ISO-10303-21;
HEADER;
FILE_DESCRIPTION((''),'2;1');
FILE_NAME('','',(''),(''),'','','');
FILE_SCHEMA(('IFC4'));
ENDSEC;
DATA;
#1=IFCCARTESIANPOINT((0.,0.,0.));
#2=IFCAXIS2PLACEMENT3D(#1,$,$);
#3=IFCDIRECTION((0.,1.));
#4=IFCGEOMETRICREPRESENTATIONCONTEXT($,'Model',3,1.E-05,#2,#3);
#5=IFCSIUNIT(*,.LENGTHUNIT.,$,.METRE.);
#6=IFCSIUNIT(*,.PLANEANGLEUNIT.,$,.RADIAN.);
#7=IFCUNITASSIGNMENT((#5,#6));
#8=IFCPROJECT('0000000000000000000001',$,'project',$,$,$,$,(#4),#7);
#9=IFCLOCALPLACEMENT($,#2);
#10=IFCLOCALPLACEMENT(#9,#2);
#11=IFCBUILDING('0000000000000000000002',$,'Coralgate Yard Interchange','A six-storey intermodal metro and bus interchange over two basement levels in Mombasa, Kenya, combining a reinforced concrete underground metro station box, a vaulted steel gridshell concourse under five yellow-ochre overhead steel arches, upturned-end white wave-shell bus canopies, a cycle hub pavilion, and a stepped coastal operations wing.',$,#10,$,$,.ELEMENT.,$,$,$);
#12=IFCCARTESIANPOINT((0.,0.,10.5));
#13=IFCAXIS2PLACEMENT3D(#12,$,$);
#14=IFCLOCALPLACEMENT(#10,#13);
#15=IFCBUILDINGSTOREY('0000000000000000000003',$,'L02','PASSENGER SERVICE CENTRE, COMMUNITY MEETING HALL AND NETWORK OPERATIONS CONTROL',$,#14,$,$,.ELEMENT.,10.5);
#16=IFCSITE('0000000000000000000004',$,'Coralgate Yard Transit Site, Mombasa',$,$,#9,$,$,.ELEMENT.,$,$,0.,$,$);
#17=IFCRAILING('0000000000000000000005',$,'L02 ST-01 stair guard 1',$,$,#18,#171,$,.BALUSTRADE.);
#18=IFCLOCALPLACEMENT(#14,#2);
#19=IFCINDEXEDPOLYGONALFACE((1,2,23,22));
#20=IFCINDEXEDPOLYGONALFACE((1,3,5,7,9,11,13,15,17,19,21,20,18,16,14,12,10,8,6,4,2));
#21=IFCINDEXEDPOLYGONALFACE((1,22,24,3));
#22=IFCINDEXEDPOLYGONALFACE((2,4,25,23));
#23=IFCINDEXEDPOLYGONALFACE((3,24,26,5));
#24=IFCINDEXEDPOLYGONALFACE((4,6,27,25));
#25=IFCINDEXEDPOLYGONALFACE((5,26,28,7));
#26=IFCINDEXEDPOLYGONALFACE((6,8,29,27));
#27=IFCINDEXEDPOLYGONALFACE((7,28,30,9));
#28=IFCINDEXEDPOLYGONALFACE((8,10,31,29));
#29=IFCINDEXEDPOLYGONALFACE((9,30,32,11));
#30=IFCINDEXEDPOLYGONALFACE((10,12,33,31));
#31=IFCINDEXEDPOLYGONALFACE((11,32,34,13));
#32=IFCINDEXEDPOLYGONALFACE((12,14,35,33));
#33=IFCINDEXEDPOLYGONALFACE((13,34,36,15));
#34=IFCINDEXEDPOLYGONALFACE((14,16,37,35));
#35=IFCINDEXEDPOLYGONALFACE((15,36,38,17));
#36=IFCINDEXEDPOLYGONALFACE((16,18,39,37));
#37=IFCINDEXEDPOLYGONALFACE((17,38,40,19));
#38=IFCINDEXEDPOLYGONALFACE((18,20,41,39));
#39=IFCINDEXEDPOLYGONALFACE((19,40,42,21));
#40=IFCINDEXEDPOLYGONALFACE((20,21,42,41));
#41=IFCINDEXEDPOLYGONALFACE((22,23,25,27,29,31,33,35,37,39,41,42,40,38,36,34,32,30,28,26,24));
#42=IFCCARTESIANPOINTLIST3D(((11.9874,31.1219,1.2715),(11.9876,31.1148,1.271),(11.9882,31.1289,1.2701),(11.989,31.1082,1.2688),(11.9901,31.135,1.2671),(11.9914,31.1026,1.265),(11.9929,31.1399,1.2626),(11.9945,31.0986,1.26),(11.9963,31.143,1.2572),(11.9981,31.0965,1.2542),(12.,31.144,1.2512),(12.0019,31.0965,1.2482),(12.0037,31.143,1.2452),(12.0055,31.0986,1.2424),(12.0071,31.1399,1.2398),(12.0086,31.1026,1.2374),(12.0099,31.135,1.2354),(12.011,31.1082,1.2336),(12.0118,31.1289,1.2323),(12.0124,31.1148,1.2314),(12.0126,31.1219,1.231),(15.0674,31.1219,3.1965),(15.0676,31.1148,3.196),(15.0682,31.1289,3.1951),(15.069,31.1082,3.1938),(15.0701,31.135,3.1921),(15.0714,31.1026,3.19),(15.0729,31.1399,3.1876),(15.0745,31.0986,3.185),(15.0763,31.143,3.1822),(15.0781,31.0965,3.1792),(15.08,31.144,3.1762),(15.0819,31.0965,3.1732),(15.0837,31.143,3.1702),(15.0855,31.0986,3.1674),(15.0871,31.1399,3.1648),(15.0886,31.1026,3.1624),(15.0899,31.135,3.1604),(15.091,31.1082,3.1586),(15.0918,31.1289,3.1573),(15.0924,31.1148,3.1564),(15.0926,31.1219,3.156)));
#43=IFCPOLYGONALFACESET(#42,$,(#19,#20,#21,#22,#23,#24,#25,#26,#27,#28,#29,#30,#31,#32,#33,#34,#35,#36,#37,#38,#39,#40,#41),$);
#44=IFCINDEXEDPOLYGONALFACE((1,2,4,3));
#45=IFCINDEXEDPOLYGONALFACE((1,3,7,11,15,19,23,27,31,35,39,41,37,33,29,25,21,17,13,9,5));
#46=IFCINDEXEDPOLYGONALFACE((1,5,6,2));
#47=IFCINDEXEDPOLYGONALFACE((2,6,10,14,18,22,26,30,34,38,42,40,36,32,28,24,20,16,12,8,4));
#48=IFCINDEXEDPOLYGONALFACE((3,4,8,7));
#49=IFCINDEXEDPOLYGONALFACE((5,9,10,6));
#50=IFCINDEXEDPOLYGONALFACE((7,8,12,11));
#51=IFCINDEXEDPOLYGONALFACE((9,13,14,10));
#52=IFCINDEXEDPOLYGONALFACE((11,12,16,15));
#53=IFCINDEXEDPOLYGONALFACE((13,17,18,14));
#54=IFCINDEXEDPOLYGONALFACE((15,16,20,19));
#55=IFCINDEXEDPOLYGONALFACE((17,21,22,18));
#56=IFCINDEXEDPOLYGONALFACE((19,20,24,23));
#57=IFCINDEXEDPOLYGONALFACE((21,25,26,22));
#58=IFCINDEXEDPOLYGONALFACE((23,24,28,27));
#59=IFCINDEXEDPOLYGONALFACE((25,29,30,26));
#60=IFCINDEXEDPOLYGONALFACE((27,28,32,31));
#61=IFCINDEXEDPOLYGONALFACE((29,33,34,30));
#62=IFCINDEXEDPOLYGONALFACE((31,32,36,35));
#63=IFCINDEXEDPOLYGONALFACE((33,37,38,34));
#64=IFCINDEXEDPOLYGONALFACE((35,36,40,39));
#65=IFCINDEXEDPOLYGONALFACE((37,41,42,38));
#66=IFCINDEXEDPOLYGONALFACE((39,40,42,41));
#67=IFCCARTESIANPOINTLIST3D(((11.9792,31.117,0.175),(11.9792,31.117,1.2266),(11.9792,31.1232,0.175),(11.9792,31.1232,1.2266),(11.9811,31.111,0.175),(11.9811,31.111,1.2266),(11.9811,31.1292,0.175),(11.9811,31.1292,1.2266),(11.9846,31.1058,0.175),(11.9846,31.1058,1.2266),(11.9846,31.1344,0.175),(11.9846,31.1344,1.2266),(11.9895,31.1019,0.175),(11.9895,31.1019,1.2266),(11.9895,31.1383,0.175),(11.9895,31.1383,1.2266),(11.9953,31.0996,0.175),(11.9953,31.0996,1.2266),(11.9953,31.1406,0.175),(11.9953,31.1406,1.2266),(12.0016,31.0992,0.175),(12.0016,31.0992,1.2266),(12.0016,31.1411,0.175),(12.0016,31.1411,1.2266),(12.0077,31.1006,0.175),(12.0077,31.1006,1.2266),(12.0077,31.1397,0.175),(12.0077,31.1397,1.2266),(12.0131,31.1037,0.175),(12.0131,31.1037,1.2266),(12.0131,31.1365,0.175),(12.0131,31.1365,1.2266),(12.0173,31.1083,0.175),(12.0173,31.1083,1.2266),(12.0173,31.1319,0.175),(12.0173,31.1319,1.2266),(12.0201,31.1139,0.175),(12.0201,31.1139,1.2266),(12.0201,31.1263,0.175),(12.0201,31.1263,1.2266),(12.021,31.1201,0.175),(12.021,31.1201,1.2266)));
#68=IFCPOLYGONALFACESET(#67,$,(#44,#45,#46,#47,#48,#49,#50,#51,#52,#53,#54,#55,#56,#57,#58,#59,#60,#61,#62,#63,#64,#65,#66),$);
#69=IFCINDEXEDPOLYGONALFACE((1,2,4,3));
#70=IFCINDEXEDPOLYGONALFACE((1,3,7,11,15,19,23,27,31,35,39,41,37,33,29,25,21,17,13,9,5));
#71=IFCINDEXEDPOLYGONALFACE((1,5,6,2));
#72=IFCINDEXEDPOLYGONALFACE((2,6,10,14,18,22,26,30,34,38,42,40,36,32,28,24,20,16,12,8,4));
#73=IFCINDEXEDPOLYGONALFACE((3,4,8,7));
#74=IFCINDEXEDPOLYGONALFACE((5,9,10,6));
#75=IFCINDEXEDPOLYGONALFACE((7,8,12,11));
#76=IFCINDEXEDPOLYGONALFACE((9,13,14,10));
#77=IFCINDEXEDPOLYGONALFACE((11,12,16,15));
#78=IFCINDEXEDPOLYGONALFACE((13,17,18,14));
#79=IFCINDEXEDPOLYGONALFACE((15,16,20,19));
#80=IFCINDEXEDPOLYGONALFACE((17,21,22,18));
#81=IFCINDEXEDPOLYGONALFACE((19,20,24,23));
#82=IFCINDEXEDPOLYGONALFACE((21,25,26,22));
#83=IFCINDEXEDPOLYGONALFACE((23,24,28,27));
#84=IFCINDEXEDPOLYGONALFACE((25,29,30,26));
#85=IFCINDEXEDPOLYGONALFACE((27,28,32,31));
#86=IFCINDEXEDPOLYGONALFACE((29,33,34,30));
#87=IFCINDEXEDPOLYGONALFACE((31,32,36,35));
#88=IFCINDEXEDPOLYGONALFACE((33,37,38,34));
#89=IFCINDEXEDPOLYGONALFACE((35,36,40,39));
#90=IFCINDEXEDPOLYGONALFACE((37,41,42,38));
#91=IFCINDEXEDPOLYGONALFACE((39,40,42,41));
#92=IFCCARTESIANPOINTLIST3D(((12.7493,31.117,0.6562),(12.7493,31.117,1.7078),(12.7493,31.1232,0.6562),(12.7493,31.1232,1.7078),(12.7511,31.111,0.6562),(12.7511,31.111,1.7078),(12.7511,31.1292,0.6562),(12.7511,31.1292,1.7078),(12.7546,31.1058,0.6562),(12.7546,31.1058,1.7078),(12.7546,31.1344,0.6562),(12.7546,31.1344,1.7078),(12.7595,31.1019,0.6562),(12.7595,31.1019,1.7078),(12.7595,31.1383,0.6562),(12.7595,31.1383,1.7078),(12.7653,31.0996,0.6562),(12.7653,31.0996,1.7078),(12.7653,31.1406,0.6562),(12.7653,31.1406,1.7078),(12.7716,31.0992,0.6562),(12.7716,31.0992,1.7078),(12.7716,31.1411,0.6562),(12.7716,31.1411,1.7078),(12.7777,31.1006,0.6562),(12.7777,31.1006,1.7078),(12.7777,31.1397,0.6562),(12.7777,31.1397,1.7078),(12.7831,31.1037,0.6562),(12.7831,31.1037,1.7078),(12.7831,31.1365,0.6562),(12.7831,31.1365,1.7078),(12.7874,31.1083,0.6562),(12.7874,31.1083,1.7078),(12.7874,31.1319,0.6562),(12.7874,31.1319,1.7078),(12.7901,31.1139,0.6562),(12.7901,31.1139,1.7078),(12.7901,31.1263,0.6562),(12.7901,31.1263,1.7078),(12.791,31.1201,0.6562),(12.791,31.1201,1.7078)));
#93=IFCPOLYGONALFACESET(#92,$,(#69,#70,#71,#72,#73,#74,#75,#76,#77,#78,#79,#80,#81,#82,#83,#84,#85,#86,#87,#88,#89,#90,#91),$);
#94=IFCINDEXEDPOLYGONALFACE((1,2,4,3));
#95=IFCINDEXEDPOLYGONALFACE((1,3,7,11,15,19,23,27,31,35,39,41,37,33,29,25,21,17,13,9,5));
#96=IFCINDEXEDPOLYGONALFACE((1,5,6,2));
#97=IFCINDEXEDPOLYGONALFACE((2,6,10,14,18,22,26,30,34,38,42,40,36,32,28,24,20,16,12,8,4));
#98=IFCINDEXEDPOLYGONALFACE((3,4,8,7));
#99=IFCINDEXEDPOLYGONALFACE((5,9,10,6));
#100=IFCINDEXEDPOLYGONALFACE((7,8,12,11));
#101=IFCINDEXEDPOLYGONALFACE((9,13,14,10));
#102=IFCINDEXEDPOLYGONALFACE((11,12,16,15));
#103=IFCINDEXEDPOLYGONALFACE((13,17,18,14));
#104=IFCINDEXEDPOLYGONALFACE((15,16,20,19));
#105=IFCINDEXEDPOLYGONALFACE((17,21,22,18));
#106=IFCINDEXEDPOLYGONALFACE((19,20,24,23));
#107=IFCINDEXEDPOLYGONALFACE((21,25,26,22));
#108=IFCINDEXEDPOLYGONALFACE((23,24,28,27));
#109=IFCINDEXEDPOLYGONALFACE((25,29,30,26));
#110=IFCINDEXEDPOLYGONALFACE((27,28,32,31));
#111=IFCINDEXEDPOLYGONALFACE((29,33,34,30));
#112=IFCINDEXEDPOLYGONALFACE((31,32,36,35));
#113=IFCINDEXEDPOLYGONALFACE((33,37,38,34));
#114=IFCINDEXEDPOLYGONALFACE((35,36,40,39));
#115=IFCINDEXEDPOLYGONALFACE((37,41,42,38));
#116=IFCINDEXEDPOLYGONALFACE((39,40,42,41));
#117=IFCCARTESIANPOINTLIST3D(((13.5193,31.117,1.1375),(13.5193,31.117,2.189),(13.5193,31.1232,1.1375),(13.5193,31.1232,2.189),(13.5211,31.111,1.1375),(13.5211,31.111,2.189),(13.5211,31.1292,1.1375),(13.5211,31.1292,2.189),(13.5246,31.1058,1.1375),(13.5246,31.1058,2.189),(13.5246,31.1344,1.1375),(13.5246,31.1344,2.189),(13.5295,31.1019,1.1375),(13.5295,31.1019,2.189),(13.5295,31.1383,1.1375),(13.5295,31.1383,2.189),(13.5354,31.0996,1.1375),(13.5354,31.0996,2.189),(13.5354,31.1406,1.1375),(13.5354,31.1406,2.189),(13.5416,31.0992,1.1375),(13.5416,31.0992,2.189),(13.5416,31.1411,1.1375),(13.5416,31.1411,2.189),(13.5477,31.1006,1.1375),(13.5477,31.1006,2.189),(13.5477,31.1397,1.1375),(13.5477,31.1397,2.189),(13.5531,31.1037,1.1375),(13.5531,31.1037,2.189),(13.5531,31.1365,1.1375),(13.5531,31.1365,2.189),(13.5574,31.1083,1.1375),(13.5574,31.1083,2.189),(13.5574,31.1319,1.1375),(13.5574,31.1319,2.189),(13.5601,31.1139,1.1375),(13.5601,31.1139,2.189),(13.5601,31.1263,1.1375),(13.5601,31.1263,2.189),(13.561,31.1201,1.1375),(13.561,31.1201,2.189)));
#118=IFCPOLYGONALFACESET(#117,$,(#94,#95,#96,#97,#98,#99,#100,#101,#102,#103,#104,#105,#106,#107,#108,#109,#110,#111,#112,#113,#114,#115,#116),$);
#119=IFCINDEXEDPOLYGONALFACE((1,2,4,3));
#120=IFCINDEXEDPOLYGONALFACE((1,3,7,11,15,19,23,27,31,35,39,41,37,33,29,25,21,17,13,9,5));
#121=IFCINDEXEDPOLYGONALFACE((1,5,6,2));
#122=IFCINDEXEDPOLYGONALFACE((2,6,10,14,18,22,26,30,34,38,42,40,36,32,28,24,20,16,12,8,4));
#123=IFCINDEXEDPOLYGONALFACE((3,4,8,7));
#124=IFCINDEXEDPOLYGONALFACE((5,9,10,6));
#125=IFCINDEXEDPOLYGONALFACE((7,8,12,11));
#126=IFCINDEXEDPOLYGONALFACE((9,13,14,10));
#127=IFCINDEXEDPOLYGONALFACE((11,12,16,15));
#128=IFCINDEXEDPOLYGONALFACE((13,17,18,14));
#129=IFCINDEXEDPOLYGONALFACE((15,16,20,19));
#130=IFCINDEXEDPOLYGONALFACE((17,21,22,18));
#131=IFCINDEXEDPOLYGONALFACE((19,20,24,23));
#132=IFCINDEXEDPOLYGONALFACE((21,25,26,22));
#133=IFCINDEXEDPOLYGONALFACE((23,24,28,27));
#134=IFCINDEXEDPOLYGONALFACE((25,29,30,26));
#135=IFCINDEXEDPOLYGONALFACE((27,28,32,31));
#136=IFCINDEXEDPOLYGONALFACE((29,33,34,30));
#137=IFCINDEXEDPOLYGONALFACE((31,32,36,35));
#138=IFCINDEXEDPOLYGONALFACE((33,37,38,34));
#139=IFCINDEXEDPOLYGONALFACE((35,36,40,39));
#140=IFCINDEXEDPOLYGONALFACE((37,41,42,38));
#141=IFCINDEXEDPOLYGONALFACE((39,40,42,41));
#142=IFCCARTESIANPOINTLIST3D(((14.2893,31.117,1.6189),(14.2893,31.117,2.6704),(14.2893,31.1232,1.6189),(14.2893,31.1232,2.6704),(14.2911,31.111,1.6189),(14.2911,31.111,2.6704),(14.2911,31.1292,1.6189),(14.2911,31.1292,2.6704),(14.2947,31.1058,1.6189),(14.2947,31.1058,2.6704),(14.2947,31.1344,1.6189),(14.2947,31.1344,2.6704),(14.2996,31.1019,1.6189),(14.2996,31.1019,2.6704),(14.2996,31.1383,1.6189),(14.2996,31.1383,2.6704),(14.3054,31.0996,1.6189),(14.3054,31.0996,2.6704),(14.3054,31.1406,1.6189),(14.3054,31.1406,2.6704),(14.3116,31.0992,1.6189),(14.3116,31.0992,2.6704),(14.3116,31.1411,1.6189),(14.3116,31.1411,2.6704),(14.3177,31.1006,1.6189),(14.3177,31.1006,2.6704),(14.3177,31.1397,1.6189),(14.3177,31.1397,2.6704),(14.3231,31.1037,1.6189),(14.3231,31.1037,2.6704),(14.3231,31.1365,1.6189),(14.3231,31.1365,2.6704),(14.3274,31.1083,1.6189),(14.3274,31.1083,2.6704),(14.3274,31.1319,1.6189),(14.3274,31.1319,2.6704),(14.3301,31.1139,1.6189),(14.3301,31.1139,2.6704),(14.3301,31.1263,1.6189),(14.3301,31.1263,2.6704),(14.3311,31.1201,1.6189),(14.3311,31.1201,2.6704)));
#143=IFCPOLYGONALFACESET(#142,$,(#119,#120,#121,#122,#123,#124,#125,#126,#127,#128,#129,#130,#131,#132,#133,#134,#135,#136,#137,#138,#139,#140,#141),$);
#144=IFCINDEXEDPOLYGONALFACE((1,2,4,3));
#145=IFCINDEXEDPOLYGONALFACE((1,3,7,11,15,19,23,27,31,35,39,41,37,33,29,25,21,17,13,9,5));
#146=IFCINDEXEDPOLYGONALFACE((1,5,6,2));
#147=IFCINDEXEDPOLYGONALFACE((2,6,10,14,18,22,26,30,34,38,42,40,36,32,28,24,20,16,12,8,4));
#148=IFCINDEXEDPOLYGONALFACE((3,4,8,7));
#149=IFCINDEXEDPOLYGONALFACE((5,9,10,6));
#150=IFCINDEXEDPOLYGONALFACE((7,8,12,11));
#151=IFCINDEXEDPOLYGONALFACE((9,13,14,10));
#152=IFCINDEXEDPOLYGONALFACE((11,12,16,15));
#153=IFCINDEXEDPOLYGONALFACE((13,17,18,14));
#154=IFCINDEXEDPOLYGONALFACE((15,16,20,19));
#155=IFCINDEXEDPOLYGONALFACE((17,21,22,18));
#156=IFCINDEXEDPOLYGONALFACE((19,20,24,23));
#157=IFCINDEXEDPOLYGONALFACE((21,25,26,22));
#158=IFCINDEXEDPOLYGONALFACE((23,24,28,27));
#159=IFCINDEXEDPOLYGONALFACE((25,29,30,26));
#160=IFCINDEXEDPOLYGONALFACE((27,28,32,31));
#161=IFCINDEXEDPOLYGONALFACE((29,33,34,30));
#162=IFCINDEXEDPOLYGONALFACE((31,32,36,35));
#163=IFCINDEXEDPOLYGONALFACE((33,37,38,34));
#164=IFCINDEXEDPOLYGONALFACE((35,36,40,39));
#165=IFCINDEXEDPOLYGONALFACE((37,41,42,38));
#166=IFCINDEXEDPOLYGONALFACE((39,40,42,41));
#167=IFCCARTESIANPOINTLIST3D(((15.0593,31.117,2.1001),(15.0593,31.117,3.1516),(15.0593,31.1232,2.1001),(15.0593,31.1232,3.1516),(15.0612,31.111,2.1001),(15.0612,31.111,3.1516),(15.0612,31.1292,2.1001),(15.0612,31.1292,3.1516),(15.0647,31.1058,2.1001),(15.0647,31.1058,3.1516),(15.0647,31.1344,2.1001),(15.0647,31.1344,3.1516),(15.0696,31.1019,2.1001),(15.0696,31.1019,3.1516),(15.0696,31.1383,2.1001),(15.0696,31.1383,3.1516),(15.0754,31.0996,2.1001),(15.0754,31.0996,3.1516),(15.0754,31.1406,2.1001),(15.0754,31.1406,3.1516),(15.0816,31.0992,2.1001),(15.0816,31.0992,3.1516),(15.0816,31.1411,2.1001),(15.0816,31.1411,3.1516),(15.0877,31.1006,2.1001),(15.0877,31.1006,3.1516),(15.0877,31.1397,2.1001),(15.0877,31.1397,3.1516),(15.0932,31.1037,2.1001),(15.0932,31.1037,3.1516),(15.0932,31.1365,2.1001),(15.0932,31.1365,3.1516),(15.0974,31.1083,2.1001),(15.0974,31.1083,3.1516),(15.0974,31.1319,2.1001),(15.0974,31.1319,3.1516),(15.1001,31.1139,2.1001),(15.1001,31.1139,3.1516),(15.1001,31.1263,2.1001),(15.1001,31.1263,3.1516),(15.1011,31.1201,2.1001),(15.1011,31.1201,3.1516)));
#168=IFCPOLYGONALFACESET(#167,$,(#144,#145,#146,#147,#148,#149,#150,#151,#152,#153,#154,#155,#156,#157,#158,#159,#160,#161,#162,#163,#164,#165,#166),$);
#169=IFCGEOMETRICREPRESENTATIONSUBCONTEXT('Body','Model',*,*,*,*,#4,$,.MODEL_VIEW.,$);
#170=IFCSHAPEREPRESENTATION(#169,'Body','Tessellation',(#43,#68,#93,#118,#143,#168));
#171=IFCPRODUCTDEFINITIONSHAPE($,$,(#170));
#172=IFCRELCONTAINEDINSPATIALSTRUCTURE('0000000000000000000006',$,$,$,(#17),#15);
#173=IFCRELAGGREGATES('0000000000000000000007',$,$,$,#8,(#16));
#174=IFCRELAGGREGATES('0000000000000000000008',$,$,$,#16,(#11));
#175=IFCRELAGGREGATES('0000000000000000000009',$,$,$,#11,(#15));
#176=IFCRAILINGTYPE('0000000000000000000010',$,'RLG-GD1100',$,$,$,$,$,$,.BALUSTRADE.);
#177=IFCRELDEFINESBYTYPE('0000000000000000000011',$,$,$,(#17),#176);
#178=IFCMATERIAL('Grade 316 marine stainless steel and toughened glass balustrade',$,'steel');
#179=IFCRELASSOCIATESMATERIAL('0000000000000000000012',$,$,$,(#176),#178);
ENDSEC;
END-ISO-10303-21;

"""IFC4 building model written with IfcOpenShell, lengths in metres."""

from ifc_helpers import new_model, si_unit, direction, frame, origin, origin_2d, place, context, subcontext, project, spatial, circle, extrude, material, type_object, element, save


model = new_model("IFC4")

# Units and contexts
model_context = context("Model", 3, precision=1e-05, world=origin(), true_north=direction((0.0, 1.0)))
body_context = subcontext(model_context, "Body", "Model", "MODEL_VIEW")
ifc_project = project(units=[si_unit("LENGTHUNIT", "METRE"), si_unit("PLANEANGLEUNIT", "RADIAN")], contexts=[model_context])

# Site, building, storey
site_placement = place(None, origin())
site = spatial("IfcSite", under=ifc_project, at=site_placement, Name="Coralgate Yard Transit Site, Mombasa", CompositionType="ELEMENT", RefElevation=0.0)
building_placement = place(site_placement, origin())
building = spatial("IfcBuilding", under=site, at=building_placement, Name="Coralgate Yard Interchange", Description="A six-storey intermodal metro and bus interchange over two basement levels in Mombasa, Kenya, combining a reinforced concrete underground metro station box, a vaulted steel gridshell concourse under five yellow-ochre overhead steel arches, upturned-end white wave-shell bus canopies, a cycle hub pavilion, and a stepped coastal operations wing.", CompositionType="ELEMENT")
storey_placement = place(building_placement, frame((0.0, 0.0, 10.5)))
storey = spatial("IfcBuildingStorey", under=building, at=storey_placement, Name="L02", Description="PASSENGER SERVICE CENTRE, COMMUNITY MEETING HALL AND NETWORK OPERATIONS CONTROL", CompositionType="ELEMENT", Elevation=10.5)

# Railing
ifc_material_1 = material(Name="Grade 316 marine stainless steel and toughened glass balustrade", Category="steel")
railing_type_1 = type_object("IfcRailingType", Name="RLG-GD1100", PredefinedType="BALUSTRADE", material=ifc_material_1)
railing_1_placement = place(storey_placement, frame((12.0, 31.1201, 0.175)))
element("IfcRailing", 1, at=railing_1_placement, inside=storey, type_object=railing_type_1, Name="L02 ST-01 stair guard 1", PredefinedType="BALUSTRADE", context=body_context, shape_type="SweptSolid", body=[
    extrude(circle(Radius=0.0239, at=origin_2d()), frame((0.0, 0.0, 1.0762), z_axis=(0.847998, 0.0, 0.529999), x_axis=(0.0, 1.0, 0.0)), (0.0, 0.0, 1.0), 3.6321),
    extrude(circle(Radius=0.021, at=origin_2d()), origin(), (0.0, 0.0, 1.0), 1.0515),
    extrude(circle(Radius=0.021, at=origin_2d()), frame((0.77, 0.0, 0.4812)), (0.0, 0.0, 1.0), 1.0515),
    extrude(circle(Radius=0.021, at=origin_2d()), frame((1.54, 0.0, 0.9624)), (0.0, 0.0, 1.0), 1.0515),
    extrude(circle(Radius=0.021, at=origin_2d()), frame((2.3101, 0.0, 1.4438)), (0.0, 0.0, 1.0), 1.0515),
    extrude(circle(Radius=0.021, at=origin_2d()), frame((3.0801, 0.0, 1.925)), (0.0, 0.0, 1.0), 1.0515),
])

save(model, "model.ifc")
